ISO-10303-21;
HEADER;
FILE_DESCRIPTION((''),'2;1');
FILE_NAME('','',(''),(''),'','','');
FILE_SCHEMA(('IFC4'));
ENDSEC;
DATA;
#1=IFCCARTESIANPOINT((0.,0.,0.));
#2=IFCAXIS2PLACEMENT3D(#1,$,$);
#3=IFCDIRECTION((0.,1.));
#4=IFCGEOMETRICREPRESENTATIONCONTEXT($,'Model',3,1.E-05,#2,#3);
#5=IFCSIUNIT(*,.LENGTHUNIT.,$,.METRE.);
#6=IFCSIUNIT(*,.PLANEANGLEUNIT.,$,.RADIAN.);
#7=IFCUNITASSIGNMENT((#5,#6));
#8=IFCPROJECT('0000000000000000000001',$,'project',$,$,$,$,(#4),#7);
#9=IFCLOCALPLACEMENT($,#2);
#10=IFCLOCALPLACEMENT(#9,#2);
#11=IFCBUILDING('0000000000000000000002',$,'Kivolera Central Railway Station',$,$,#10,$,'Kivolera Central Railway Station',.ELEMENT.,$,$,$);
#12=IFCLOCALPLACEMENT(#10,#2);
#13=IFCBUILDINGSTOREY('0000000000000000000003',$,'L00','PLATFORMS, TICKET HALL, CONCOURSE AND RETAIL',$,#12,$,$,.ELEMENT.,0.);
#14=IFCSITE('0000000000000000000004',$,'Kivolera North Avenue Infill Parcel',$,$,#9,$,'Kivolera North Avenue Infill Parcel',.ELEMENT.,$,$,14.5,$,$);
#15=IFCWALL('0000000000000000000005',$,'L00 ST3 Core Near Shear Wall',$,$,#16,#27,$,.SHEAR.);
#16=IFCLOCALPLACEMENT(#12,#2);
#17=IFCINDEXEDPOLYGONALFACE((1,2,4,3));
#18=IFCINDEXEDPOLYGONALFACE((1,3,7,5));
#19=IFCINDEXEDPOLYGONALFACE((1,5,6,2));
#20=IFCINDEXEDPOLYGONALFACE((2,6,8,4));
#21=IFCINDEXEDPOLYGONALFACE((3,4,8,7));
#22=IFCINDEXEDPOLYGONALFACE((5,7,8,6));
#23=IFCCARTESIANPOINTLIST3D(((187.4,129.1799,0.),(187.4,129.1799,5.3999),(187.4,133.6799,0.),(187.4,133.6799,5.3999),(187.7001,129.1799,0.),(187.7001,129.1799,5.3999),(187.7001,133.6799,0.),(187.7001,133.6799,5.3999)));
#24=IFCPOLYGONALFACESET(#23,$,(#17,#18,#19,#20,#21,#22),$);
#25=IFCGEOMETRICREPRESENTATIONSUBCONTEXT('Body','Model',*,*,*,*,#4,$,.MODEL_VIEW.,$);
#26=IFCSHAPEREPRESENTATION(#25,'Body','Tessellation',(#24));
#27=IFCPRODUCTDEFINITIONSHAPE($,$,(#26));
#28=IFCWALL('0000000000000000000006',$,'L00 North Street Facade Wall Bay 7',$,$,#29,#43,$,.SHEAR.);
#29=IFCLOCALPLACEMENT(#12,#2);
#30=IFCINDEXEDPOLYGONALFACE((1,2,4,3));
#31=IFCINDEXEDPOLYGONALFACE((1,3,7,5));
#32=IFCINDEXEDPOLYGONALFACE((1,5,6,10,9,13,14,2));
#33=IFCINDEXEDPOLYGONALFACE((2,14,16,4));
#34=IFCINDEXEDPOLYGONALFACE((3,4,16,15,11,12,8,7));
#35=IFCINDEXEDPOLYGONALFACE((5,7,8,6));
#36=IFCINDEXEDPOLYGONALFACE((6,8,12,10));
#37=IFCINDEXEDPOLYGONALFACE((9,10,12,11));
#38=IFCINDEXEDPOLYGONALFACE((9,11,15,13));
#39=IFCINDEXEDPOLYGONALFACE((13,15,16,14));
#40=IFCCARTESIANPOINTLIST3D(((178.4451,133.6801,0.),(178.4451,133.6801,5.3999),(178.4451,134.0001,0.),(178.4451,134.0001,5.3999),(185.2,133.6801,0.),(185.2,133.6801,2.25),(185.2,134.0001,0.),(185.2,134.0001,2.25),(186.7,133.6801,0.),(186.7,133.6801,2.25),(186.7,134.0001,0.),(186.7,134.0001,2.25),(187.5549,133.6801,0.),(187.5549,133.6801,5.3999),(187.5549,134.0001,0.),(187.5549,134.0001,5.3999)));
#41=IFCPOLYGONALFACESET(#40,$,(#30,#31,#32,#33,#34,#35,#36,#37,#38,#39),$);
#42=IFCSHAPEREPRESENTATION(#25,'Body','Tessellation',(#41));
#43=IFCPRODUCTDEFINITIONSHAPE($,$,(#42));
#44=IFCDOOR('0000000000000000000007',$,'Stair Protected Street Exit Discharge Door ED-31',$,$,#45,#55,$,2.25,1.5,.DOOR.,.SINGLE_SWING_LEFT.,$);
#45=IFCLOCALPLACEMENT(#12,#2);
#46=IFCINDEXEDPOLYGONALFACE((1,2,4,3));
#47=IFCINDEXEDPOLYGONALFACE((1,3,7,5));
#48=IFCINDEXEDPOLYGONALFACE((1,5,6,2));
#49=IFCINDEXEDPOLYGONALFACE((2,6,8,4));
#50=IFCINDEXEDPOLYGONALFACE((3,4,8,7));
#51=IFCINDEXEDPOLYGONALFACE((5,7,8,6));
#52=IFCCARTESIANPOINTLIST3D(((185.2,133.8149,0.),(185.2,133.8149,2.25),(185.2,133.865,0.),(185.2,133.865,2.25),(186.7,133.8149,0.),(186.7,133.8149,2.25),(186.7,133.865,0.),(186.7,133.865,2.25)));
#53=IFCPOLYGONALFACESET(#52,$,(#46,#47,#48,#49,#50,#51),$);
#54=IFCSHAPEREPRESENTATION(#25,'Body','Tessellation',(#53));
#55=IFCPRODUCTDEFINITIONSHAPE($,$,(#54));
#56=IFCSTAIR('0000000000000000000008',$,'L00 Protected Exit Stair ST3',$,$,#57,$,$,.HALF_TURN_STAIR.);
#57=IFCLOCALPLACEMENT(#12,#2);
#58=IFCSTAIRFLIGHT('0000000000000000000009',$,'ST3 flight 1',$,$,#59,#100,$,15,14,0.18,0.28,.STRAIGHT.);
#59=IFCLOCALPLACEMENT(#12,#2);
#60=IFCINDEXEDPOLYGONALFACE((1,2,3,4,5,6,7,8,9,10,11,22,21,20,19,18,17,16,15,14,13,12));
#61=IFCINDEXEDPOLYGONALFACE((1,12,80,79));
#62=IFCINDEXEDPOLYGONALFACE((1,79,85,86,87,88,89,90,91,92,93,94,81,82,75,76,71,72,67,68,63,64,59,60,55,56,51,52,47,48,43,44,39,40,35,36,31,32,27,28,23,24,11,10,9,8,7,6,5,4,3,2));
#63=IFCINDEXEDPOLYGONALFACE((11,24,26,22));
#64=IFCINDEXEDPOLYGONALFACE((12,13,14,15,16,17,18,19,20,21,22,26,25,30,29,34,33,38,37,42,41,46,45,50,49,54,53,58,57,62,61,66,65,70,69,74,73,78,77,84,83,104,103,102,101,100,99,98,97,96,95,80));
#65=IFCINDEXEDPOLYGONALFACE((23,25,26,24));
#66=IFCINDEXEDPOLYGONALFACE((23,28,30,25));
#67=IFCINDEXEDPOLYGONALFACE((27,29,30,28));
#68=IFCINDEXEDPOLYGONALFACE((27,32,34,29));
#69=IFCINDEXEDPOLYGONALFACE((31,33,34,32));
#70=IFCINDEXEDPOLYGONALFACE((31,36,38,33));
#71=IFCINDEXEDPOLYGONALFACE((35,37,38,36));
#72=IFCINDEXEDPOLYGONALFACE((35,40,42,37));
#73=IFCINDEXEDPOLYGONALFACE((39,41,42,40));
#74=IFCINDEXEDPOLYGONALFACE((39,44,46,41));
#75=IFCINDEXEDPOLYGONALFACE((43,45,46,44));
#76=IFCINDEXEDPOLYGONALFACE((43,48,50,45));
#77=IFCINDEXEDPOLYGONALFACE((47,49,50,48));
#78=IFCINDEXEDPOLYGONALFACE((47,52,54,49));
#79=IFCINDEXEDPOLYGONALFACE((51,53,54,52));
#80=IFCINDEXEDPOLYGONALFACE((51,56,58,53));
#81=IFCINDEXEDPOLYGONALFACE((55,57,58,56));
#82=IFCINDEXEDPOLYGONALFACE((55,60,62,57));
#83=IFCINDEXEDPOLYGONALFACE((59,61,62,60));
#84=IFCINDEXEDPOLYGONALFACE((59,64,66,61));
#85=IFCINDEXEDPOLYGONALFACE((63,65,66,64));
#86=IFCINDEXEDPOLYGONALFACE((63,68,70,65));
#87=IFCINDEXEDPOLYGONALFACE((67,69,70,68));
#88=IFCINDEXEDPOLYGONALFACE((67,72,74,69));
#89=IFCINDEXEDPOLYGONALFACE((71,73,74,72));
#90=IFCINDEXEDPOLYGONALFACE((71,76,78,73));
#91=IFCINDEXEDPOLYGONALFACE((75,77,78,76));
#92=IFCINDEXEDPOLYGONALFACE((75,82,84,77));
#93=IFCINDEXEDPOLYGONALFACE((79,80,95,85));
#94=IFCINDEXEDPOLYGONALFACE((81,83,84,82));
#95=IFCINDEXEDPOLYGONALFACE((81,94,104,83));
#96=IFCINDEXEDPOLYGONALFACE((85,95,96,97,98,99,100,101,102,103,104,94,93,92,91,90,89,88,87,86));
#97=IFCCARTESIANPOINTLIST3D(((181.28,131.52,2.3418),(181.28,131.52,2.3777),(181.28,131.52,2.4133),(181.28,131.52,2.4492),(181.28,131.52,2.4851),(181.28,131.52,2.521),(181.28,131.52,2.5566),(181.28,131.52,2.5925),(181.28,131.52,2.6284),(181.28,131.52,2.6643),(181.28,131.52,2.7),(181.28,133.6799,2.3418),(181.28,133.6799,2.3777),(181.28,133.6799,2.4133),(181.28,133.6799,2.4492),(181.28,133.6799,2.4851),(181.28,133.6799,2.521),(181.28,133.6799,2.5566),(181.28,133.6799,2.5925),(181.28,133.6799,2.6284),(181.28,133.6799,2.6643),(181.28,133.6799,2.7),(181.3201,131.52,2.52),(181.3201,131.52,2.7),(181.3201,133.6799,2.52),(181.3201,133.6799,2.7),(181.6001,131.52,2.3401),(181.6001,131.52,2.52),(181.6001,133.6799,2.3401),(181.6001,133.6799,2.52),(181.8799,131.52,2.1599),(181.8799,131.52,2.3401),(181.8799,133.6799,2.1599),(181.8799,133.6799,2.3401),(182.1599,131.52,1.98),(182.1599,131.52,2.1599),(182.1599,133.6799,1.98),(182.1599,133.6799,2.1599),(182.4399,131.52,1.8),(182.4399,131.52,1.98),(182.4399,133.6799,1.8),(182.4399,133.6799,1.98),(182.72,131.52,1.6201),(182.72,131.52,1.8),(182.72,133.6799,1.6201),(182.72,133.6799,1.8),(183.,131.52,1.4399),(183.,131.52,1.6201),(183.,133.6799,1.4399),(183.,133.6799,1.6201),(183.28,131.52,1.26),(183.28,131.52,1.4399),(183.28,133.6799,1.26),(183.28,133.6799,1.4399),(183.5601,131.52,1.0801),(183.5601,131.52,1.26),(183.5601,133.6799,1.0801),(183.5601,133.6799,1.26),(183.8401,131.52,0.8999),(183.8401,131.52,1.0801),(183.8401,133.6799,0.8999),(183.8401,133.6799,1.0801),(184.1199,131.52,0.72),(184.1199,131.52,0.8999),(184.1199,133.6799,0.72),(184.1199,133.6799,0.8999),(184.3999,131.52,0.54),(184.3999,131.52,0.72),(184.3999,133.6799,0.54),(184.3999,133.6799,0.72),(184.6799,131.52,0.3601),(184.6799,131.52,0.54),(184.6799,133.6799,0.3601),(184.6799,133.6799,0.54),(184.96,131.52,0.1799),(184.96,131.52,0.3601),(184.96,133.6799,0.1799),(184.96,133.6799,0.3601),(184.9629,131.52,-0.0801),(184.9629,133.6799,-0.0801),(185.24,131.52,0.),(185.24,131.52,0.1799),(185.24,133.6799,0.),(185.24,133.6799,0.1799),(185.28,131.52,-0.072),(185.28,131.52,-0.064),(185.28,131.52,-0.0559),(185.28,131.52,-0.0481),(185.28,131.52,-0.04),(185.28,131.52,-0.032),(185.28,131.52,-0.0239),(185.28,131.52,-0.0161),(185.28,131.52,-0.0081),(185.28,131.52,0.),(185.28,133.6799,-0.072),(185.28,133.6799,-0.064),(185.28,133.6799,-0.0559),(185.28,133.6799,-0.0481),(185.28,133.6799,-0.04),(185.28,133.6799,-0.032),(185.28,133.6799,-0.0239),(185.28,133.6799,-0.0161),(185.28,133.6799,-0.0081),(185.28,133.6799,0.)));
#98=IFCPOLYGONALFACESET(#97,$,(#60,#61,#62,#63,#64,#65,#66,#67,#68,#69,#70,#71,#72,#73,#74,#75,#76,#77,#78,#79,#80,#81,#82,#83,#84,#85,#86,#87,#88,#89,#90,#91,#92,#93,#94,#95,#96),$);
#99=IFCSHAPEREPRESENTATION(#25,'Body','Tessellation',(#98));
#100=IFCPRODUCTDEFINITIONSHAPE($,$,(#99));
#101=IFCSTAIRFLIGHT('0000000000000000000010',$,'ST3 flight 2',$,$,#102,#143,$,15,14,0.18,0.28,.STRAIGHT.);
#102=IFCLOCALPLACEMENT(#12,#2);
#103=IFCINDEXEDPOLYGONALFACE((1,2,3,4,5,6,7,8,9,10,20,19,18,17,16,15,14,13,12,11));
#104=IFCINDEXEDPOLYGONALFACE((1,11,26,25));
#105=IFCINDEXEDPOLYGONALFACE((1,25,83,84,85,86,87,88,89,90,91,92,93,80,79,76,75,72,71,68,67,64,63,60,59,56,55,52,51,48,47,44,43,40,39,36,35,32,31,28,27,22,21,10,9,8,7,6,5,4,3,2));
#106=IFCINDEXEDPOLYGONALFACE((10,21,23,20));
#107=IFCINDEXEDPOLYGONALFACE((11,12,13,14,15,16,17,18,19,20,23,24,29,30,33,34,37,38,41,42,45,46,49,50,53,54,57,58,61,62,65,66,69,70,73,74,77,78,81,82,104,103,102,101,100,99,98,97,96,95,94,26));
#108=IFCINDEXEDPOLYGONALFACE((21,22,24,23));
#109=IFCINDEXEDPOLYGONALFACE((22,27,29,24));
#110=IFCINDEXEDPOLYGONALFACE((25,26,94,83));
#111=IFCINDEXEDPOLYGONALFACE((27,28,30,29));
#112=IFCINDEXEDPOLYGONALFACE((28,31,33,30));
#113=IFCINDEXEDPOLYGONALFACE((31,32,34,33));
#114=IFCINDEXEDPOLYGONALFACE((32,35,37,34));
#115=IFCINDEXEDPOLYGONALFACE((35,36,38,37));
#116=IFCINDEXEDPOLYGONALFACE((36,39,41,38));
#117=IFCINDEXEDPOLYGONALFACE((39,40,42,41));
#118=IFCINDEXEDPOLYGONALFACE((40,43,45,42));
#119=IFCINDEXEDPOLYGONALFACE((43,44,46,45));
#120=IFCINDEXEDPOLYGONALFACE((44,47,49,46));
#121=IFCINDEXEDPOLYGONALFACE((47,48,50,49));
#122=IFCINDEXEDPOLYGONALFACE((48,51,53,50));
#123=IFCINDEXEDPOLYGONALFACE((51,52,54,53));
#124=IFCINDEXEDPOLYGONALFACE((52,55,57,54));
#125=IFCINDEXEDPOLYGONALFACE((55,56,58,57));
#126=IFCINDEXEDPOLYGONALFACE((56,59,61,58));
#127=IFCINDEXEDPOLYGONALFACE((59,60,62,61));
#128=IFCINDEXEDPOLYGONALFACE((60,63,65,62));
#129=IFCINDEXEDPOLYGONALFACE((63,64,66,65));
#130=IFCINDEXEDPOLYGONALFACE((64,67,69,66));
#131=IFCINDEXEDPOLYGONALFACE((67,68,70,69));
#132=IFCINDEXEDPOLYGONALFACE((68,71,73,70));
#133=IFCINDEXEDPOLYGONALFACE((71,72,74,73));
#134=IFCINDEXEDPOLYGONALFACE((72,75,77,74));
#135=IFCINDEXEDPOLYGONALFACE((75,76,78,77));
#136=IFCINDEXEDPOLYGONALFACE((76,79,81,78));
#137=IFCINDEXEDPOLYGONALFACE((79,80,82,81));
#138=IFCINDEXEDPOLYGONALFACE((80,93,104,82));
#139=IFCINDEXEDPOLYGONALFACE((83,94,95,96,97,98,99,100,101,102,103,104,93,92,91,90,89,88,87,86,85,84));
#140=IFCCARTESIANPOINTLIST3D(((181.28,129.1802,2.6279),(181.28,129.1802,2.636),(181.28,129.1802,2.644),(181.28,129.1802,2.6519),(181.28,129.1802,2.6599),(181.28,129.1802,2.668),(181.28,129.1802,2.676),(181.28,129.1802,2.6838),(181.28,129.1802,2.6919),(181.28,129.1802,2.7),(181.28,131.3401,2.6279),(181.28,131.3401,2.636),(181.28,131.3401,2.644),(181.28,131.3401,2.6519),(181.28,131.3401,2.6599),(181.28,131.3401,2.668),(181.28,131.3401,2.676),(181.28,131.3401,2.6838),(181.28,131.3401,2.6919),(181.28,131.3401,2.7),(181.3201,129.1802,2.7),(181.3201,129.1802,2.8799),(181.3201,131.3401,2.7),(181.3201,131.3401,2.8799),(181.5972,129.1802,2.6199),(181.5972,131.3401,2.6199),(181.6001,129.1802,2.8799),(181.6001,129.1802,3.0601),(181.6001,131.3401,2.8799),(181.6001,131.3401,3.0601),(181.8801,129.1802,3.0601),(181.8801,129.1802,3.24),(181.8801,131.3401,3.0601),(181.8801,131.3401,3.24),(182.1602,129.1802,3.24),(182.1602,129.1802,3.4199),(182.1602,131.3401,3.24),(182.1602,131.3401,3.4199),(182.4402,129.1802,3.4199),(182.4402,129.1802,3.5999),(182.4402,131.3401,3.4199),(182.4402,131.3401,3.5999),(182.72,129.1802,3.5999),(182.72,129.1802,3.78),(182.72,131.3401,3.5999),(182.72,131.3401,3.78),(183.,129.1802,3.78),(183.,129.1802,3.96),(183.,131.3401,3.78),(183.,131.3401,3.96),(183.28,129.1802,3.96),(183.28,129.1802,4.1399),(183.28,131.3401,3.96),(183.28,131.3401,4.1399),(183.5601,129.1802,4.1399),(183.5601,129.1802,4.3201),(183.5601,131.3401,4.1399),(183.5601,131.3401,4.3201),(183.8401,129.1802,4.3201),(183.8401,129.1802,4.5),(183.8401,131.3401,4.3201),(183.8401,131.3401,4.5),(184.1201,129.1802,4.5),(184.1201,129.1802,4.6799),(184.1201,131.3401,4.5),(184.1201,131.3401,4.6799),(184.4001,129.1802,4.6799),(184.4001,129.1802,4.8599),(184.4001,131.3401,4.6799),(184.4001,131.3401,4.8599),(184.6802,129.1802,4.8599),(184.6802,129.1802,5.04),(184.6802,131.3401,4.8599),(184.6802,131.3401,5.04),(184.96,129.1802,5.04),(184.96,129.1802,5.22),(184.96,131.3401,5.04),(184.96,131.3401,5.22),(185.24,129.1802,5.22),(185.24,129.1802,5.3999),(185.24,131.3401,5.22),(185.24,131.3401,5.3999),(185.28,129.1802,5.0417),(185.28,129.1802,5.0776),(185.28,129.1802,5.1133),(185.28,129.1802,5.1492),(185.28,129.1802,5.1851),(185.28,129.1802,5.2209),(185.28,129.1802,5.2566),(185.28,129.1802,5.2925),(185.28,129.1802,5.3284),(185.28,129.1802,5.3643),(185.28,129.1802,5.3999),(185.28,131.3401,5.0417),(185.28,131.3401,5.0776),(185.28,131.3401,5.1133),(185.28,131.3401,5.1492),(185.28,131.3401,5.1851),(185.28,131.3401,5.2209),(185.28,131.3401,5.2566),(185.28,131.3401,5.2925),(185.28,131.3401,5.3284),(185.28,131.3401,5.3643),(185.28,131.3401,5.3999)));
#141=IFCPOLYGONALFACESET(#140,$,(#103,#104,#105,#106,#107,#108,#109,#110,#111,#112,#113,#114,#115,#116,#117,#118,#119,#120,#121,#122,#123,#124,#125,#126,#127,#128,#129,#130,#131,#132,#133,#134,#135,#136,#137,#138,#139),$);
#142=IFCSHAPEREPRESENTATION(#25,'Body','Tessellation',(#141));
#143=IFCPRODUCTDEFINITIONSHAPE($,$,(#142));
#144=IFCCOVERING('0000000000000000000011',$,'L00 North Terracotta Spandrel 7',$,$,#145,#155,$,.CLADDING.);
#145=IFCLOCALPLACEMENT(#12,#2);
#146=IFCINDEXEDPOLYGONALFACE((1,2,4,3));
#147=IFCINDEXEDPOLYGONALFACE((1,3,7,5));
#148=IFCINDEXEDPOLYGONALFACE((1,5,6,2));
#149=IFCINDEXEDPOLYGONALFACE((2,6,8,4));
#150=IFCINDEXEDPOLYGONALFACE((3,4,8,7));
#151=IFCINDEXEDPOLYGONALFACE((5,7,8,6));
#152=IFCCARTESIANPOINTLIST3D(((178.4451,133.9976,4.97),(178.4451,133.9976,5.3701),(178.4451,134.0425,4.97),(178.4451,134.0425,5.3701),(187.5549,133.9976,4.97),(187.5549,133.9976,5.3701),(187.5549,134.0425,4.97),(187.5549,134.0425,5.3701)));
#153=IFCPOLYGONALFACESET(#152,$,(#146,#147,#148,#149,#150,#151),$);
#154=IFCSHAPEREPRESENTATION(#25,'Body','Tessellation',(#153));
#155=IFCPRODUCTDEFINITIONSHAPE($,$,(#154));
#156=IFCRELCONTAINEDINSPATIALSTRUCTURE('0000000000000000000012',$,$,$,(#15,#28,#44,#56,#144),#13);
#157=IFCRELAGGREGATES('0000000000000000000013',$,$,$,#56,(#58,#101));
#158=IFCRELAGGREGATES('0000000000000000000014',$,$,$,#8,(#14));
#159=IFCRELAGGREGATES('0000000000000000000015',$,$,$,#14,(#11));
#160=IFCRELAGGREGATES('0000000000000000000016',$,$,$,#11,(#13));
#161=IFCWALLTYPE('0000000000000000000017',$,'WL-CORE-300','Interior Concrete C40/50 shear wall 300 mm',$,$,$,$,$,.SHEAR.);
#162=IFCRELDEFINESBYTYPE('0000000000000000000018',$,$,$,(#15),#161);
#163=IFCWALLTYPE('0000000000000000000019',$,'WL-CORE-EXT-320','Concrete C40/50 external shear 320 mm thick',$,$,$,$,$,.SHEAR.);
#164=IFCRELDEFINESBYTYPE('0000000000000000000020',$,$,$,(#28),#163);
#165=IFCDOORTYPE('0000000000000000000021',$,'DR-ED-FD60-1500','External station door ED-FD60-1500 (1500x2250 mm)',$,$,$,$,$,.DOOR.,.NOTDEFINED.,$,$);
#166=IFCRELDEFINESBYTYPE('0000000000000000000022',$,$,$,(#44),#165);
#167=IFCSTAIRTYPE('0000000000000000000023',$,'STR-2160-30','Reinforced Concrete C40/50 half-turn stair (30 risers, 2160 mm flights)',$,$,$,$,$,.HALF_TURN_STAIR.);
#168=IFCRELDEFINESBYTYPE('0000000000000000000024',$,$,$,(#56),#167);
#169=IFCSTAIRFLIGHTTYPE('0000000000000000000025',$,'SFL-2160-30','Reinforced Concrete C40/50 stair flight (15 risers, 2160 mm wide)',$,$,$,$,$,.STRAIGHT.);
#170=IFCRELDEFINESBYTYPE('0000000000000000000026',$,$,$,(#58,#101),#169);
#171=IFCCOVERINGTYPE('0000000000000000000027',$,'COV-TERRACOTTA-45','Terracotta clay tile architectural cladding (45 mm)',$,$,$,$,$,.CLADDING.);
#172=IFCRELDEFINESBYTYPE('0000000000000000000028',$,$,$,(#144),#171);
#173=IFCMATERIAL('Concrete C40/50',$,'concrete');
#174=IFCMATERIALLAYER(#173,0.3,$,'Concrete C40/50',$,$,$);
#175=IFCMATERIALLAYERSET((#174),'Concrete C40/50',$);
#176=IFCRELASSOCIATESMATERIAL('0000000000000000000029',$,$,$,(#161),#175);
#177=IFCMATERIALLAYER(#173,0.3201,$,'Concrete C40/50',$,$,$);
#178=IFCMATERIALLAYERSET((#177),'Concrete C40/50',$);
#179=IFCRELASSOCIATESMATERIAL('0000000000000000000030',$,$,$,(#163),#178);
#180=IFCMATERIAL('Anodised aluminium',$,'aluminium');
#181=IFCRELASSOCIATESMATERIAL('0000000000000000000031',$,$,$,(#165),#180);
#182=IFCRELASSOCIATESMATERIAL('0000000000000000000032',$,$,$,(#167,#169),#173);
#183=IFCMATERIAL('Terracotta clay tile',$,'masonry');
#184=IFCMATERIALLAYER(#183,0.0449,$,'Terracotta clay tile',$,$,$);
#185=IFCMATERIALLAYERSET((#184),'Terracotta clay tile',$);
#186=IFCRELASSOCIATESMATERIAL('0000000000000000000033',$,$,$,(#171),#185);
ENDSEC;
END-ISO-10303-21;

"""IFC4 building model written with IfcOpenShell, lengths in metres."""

from ifc_helpers import new_model, si_unit, direction, frame, frame_2d, origin, place, context, subcontext, project, spatial, polyline, rectangle, outline, extrude, material, layer, layer_set, type_object, element, fill, aggregate, save


model = new_model("IFC4")

# Units and contexts
model_context = context("Model", 3, precision=1e-05, world=origin(), true_north=direction((0.0, 1.0)))
body_context = subcontext(model_context, "Body", "Model", "MODEL_VIEW")
ifc_project = project(units=[si_unit("LENGTHUNIT", "METRE"), si_unit("PLANEANGLEUNIT", "RADIAN")], contexts=[model_context])

# Site, building, storey
site_placement = place(None, origin())
site = spatial("IfcSite", under=ifc_project, at=site_placement, Name="Kivolera North Avenue Infill Parcel", LongName="Kivolera North Avenue Infill Parcel", CompositionType="ELEMENT", RefElevation=14.5)
building_placement = place(site_placement, origin())
building = spatial("IfcBuilding", under=site, at=building_placement, Name="Kivolera Central Railway Station", LongName="Kivolera Central Railway Station", CompositionType="ELEMENT")
storey_placement = place(building_placement, origin())
storey = spatial("IfcBuildingStorey", under=building, at=storey_placement, Name="L00", Description="PLATFORMS, TICKET HALL, CONCOURSE AND RETAIL", CompositionType="ELEMENT", Elevation=0.0)

# Shared definitions
ifc_material_1 = material(Name="Concrete C40/50", Category="concrete")

# Wall
ifc_layer_1 = layer(ifc_material_1, 0.3, Name="Concrete C40/50")
ifc_layer_set_1 = layer_set([ifc_layer_1], Name="Concrete C40/50")
wall_type_1 = type_object("IfcWallType", Name="WL-CORE-300", Description="Interior Concrete C40/50 shear wall 300 mm", PredefinedType="SHEAR", material=ifc_layer_set_1)
wall_1_placement = place(storey_placement, frame((187.55, 133.6799, 0.0), z_axis=(0.0, 0.0, 1.0), x_axis=(0.0, -1.0, 0.0)))
element("IfcWall", 1, at=wall_1_placement, inside=storey, type_object=wall_type_1, Name="L00 ST3 Core Near Shear Wall", PredefinedType="SHEAR", context=body_context, shape_type="SweptSolid", body=[
    extrude(rectangle(XDim=4.5, YDim=0.3, at=frame_2d((2.25, 0.0))), origin(), (0.0, 0.0, 1.0), 5.3999),
])

# Wall, opening, door
ifc_layer_2 = layer(ifc_material_1, 0.3201, Name="Concrete C40/50")
ifc_layer_set_2 = layer_set([ifc_layer_2], Name="Concrete C40/50")
wall_type_2 = type_object("IfcWallType", Name="WL-CORE-EXT-320", Description="Concrete C40/50 external shear 320 mm thick", PredefinedType="SHEAR", material=ifc_layer_set_2)
wall_2_placement = place(storey_placement, frame((178.4451, 133.8401, 0.0), z_axis=(0.0, 0.0, 1.0), x_axis=(1.0, 0.0, 0.0)))
wall_2 = element("IfcWall", 2, at=wall_2_placement, inside=storey, type_object=wall_type_2, Name="L00 North Street Facade Wall Bay 7", PredefinedType="SHEAR", context=body_context, shape_type="SweptSolid", body=[
    extrude(rectangle(XDim=9.1099, YDim=0.3201, at=frame_2d((4.5549, 0.0))), origin(), (0.0, 0.0, 1.0), 5.3999),
])
opening_placement = place(wall_2_placement, frame((6.7549, 0.0, 0.0)))
opening = element("IfcOpeningElement", 3, at=opening_placement, cuts=wall_2, PredefinedType="OPENING", context=body_context, shape_type="SweptSolid", body=[
    extrude(rectangle(XDim=1.5, YDim=2.25, at=frame_2d((0.75, 1.125))), frame((0.0, 0.1699, 0.0), z_axis=(0.0, -1.0, 0.0), x_axis=(1.0, 0.0, 0.0)), (0.0, 0.0, 1.0), 0.3401),
])
ifc_material_2 = material(Name="Anodised aluminium", Category="aluminium")
door_type = type_object("IfcDoorType", Name="DR-ED-FD60-1500", Description="External station door ED-FD60-1500 (1500x2250 mm)", OperationType="NOTDEFINED", PredefinedType="DOOR", material=ifc_material_2)
door_placement = place(opening_placement, origin())
door = element("IfcDoor", 4, at=door_placement, inside=storey, type_object=door_type, Name="Stair Protected Street Exit Discharge Door ED-31", OperationType="SINGLE_SWING_LEFT", OverallHeight=2.25, OverallWidth=1.5, PredefinedType="DOOR", context=body_context, shape_type="SweptSolid", body=[
    extrude(rectangle(XDim=1.5, YDim=2.25, at=frame_2d((0.75, 1.125))), frame((0.0, 0.0249, 0.0), z_axis=(0.0, -1.0, 0.0), x_axis=(1.0, 0.0, 0.0)), (0.0, 0.0, 1.0), 0.05),
])
fill(opening, door)

# Stair, stair flights
stair_type = type_object("IfcStairType", Name="STR-2160-30", Description="Reinforced Concrete C40/50 half-turn stair (30 risers, 2160 mm flights)", PredefinedType="HALF_TURN_STAIR", material=ifc_material_1)
stair_placement = place(storey_placement, origin())
stair = element("IfcStair", 5, at=stair_placement, inside=storey, type_object=stair_type, Name="L00 Protected Exit Stair ST3", PredefinedType="HALF_TURN_STAIR")
stair_flight_type = type_object("IfcStairFlightType", Name="SFL-2160-30", Description="Reinforced Concrete C40/50 stair flight (15 risers, 2160 mm wide)", PredefinedType="STRAIGHT", material=ifc_material_1)
stair_flight_1_placement = place(storey_placement, frame((185.24, 132.6001, 0.0), z_axis=(0.0, 0.0, 1.0), x_axis=(-1.0, 0.0, 0.0)))
stair_flight_1 = element("IfcStairFlight", 6, at=stair_flight_1_placement, type_object=stair_flight_type, Name="ST3 flight 1", NumberOfRisers=15, NumberOfTreads=14, PredefinedType="STRAIGHT", RiserHeight=0.18, TreadLength=0.28, context=body_context, shape_type="SweptSolid", body=[
    extrude(outline(polyline([(-0.04, 0.0), (0.0, 0.0), (0.0, 0.1799), (0.28, 0.1799), (0.28, 0.3601), (0.5601, 0.3601), (0.5601, 0.54), (0.8401, 0.54), (0.8401, 0.72), (1.1201, 0.72), (1.1201, 0.8999), (1.3999, 0.8999), (1.3999, 1.0801), (1.6799, 1.0801), (1.6799, 1.26), (1.96, 1.26), (1.96, 1.4399), (2.24, 1.4399), (2.24, 1.6201), (2.52, 1.6201), (2.52, 1.8), (2.8, 1.8), (2.8, 1.98), (3.0801, 1.98), (3.0801, 2.1599), (3.3601, 2.1599), (3.3601, 2.3401), (3.6399, 2.3401), (3.6399, 2.52), (3.9199, 2.52), (3.9199, 2.7), (3.96, 2.7), (3.96, 2.6643), (3.96, 2.6284), (3.96, 2.5925), (3.96, 2.5566), (3.96, 2.521), (3.96, 2.4851), (3.96, 2.4492), (3.96, 2.4133), (3.96, 2.3777), (3.96, 2.3418), (0.2771, -0.0801), (-0.04, -0.072), (-0.04, -0.064), (-0.04, -0.0559), (-0.04, -0.0481), (-0.04, -0.04), (-0.04, -0.032), (-0.04, -0.0239), (-0.04, -0.0161), (-0.04, -0.0081), (-0.04, 0.0)])), frame((0.0, 1.0801, 0.0), z_axis=(0.0, -1.0, 0.0), x_axis=(1.0, 0.0, 0.0)), (0.0, 0.0, 1.0), 2.1599),
])
stair_flight_2_placement = place(storey_placement, frame((181.3201, 130.26, 2.7), z_axis=(0.0, 0.0, 1.0), x_axis=(1.0, 0.0, 0.0)))
stair_flight_2 = element("IfcStairFlight", 7, at=stair_flight_2_placement, type_object=stair_flight_type, Name="ST3 flight 2", NumberOfRisers=15, NumberOfTreads=14, PredefinedType="STRAIGHT", RiserHeight=0.18, TreadLength=0.28, context=body_context, shape_type="SweptSolid", body=[
    extrude(outline(polyline([(-0.04, 0.0), (0.0, 0.0), (0.0, 0.1799), (0.28, 0.1799), (0.28, 0.3601), (0.5601, 0.3601), (0.5601, 0.54), (0.8401, 0.54), (0.8401, 0.72), (1.1201, 0.72), (1.1201, 0.8999), (1.3999, 0.8999), (1.3999, 1.0801), (1.6799, 1.0801), (1.6799, 1.26), (1.96, 1.26), (1.96, 1.4399), (2.24, 1.4399), (2.24, 1.6201), (2.52, 1.6201), (2.52, 1.8), (2.8, 1.8), (2.8, 1.98), (3.0801, 1.98), (3.0801, 2.1599), (3.3601, 2.1599), (3.3601, 2.3401), (3.6399, 2.3401), (3.6399, 2.52), (3.9199, 2.52), (3.9199, 2.7), (3.96, 2.7), (3.96, 2.6643), (3.96, 2.6284), (3.96, 2.5925), (3.96, 2.5566), (3.96, 2.521), (3.96, 2.4851), (3.96, 2.4492), (3.96, 2.4133), (3.96, 2.3777), (3.96, 2.3418), (0.2771, -0.0801), (-0.04, -0.072), (-0.04, -0.064), (-0.04, -0.0559), (-0.04, -0.0481), (-0.04, -0.04), (-0.04, -0.032), (-0.04, -0.0239), (-0.04, -0.0161), (-0.04, -0.0081), (-0.04, 0.0)])), frame((0.0, 1.0801, 0.0), z_axis=(0.0, -1.0, 0.0), x_axis=(1.0, 0.0, 0.0)), (0.0, 0.0, 1.0), 2.1599),
])
aggregate(stair, [stair_flight_1, stair_flight_2])

# Covering
ifc_material_3 = material(Name="Terracotta clay tile", Category="masonry")
ifc_layer_3 = layer(ifc_material_3, 0.0449, Name="Terracotta clay tile")
ifc_layer_set_3 = layer_set([ifc_layer_3], Name="Terracotta clay tile")
covering_type = type_object("IfcCoveringType", Name="COV-TERRACOTTA-45", Description="Terracotta clay tile architectural cladding (45 mm)", PredefinedType="CLADDING", material=ifc_layer_set_3)
covering_placement = place(storey_placement, frame((178.4451, 134.02, 4.97), z_axis=(0.0, 0.0, 1.0), x_axis=(1.0, 0.0, 0.0)))
element("IfcCovering", 8, at=covering_placement, inside=storey, type_object=covering_type, Name="L00 North Terracotta Spandrel 7", PredefinedType="CLADDING", context=body_context, shape_type="SweptSolid", body=[
    extrude(rectangle(XDim=9.1099, YDim=0.0449, at=frame_2d((4.5549, 0.0))), origin(), (0.0, 0.0, 1.0), 0.4001),
])

save(model, "model.ifc")
